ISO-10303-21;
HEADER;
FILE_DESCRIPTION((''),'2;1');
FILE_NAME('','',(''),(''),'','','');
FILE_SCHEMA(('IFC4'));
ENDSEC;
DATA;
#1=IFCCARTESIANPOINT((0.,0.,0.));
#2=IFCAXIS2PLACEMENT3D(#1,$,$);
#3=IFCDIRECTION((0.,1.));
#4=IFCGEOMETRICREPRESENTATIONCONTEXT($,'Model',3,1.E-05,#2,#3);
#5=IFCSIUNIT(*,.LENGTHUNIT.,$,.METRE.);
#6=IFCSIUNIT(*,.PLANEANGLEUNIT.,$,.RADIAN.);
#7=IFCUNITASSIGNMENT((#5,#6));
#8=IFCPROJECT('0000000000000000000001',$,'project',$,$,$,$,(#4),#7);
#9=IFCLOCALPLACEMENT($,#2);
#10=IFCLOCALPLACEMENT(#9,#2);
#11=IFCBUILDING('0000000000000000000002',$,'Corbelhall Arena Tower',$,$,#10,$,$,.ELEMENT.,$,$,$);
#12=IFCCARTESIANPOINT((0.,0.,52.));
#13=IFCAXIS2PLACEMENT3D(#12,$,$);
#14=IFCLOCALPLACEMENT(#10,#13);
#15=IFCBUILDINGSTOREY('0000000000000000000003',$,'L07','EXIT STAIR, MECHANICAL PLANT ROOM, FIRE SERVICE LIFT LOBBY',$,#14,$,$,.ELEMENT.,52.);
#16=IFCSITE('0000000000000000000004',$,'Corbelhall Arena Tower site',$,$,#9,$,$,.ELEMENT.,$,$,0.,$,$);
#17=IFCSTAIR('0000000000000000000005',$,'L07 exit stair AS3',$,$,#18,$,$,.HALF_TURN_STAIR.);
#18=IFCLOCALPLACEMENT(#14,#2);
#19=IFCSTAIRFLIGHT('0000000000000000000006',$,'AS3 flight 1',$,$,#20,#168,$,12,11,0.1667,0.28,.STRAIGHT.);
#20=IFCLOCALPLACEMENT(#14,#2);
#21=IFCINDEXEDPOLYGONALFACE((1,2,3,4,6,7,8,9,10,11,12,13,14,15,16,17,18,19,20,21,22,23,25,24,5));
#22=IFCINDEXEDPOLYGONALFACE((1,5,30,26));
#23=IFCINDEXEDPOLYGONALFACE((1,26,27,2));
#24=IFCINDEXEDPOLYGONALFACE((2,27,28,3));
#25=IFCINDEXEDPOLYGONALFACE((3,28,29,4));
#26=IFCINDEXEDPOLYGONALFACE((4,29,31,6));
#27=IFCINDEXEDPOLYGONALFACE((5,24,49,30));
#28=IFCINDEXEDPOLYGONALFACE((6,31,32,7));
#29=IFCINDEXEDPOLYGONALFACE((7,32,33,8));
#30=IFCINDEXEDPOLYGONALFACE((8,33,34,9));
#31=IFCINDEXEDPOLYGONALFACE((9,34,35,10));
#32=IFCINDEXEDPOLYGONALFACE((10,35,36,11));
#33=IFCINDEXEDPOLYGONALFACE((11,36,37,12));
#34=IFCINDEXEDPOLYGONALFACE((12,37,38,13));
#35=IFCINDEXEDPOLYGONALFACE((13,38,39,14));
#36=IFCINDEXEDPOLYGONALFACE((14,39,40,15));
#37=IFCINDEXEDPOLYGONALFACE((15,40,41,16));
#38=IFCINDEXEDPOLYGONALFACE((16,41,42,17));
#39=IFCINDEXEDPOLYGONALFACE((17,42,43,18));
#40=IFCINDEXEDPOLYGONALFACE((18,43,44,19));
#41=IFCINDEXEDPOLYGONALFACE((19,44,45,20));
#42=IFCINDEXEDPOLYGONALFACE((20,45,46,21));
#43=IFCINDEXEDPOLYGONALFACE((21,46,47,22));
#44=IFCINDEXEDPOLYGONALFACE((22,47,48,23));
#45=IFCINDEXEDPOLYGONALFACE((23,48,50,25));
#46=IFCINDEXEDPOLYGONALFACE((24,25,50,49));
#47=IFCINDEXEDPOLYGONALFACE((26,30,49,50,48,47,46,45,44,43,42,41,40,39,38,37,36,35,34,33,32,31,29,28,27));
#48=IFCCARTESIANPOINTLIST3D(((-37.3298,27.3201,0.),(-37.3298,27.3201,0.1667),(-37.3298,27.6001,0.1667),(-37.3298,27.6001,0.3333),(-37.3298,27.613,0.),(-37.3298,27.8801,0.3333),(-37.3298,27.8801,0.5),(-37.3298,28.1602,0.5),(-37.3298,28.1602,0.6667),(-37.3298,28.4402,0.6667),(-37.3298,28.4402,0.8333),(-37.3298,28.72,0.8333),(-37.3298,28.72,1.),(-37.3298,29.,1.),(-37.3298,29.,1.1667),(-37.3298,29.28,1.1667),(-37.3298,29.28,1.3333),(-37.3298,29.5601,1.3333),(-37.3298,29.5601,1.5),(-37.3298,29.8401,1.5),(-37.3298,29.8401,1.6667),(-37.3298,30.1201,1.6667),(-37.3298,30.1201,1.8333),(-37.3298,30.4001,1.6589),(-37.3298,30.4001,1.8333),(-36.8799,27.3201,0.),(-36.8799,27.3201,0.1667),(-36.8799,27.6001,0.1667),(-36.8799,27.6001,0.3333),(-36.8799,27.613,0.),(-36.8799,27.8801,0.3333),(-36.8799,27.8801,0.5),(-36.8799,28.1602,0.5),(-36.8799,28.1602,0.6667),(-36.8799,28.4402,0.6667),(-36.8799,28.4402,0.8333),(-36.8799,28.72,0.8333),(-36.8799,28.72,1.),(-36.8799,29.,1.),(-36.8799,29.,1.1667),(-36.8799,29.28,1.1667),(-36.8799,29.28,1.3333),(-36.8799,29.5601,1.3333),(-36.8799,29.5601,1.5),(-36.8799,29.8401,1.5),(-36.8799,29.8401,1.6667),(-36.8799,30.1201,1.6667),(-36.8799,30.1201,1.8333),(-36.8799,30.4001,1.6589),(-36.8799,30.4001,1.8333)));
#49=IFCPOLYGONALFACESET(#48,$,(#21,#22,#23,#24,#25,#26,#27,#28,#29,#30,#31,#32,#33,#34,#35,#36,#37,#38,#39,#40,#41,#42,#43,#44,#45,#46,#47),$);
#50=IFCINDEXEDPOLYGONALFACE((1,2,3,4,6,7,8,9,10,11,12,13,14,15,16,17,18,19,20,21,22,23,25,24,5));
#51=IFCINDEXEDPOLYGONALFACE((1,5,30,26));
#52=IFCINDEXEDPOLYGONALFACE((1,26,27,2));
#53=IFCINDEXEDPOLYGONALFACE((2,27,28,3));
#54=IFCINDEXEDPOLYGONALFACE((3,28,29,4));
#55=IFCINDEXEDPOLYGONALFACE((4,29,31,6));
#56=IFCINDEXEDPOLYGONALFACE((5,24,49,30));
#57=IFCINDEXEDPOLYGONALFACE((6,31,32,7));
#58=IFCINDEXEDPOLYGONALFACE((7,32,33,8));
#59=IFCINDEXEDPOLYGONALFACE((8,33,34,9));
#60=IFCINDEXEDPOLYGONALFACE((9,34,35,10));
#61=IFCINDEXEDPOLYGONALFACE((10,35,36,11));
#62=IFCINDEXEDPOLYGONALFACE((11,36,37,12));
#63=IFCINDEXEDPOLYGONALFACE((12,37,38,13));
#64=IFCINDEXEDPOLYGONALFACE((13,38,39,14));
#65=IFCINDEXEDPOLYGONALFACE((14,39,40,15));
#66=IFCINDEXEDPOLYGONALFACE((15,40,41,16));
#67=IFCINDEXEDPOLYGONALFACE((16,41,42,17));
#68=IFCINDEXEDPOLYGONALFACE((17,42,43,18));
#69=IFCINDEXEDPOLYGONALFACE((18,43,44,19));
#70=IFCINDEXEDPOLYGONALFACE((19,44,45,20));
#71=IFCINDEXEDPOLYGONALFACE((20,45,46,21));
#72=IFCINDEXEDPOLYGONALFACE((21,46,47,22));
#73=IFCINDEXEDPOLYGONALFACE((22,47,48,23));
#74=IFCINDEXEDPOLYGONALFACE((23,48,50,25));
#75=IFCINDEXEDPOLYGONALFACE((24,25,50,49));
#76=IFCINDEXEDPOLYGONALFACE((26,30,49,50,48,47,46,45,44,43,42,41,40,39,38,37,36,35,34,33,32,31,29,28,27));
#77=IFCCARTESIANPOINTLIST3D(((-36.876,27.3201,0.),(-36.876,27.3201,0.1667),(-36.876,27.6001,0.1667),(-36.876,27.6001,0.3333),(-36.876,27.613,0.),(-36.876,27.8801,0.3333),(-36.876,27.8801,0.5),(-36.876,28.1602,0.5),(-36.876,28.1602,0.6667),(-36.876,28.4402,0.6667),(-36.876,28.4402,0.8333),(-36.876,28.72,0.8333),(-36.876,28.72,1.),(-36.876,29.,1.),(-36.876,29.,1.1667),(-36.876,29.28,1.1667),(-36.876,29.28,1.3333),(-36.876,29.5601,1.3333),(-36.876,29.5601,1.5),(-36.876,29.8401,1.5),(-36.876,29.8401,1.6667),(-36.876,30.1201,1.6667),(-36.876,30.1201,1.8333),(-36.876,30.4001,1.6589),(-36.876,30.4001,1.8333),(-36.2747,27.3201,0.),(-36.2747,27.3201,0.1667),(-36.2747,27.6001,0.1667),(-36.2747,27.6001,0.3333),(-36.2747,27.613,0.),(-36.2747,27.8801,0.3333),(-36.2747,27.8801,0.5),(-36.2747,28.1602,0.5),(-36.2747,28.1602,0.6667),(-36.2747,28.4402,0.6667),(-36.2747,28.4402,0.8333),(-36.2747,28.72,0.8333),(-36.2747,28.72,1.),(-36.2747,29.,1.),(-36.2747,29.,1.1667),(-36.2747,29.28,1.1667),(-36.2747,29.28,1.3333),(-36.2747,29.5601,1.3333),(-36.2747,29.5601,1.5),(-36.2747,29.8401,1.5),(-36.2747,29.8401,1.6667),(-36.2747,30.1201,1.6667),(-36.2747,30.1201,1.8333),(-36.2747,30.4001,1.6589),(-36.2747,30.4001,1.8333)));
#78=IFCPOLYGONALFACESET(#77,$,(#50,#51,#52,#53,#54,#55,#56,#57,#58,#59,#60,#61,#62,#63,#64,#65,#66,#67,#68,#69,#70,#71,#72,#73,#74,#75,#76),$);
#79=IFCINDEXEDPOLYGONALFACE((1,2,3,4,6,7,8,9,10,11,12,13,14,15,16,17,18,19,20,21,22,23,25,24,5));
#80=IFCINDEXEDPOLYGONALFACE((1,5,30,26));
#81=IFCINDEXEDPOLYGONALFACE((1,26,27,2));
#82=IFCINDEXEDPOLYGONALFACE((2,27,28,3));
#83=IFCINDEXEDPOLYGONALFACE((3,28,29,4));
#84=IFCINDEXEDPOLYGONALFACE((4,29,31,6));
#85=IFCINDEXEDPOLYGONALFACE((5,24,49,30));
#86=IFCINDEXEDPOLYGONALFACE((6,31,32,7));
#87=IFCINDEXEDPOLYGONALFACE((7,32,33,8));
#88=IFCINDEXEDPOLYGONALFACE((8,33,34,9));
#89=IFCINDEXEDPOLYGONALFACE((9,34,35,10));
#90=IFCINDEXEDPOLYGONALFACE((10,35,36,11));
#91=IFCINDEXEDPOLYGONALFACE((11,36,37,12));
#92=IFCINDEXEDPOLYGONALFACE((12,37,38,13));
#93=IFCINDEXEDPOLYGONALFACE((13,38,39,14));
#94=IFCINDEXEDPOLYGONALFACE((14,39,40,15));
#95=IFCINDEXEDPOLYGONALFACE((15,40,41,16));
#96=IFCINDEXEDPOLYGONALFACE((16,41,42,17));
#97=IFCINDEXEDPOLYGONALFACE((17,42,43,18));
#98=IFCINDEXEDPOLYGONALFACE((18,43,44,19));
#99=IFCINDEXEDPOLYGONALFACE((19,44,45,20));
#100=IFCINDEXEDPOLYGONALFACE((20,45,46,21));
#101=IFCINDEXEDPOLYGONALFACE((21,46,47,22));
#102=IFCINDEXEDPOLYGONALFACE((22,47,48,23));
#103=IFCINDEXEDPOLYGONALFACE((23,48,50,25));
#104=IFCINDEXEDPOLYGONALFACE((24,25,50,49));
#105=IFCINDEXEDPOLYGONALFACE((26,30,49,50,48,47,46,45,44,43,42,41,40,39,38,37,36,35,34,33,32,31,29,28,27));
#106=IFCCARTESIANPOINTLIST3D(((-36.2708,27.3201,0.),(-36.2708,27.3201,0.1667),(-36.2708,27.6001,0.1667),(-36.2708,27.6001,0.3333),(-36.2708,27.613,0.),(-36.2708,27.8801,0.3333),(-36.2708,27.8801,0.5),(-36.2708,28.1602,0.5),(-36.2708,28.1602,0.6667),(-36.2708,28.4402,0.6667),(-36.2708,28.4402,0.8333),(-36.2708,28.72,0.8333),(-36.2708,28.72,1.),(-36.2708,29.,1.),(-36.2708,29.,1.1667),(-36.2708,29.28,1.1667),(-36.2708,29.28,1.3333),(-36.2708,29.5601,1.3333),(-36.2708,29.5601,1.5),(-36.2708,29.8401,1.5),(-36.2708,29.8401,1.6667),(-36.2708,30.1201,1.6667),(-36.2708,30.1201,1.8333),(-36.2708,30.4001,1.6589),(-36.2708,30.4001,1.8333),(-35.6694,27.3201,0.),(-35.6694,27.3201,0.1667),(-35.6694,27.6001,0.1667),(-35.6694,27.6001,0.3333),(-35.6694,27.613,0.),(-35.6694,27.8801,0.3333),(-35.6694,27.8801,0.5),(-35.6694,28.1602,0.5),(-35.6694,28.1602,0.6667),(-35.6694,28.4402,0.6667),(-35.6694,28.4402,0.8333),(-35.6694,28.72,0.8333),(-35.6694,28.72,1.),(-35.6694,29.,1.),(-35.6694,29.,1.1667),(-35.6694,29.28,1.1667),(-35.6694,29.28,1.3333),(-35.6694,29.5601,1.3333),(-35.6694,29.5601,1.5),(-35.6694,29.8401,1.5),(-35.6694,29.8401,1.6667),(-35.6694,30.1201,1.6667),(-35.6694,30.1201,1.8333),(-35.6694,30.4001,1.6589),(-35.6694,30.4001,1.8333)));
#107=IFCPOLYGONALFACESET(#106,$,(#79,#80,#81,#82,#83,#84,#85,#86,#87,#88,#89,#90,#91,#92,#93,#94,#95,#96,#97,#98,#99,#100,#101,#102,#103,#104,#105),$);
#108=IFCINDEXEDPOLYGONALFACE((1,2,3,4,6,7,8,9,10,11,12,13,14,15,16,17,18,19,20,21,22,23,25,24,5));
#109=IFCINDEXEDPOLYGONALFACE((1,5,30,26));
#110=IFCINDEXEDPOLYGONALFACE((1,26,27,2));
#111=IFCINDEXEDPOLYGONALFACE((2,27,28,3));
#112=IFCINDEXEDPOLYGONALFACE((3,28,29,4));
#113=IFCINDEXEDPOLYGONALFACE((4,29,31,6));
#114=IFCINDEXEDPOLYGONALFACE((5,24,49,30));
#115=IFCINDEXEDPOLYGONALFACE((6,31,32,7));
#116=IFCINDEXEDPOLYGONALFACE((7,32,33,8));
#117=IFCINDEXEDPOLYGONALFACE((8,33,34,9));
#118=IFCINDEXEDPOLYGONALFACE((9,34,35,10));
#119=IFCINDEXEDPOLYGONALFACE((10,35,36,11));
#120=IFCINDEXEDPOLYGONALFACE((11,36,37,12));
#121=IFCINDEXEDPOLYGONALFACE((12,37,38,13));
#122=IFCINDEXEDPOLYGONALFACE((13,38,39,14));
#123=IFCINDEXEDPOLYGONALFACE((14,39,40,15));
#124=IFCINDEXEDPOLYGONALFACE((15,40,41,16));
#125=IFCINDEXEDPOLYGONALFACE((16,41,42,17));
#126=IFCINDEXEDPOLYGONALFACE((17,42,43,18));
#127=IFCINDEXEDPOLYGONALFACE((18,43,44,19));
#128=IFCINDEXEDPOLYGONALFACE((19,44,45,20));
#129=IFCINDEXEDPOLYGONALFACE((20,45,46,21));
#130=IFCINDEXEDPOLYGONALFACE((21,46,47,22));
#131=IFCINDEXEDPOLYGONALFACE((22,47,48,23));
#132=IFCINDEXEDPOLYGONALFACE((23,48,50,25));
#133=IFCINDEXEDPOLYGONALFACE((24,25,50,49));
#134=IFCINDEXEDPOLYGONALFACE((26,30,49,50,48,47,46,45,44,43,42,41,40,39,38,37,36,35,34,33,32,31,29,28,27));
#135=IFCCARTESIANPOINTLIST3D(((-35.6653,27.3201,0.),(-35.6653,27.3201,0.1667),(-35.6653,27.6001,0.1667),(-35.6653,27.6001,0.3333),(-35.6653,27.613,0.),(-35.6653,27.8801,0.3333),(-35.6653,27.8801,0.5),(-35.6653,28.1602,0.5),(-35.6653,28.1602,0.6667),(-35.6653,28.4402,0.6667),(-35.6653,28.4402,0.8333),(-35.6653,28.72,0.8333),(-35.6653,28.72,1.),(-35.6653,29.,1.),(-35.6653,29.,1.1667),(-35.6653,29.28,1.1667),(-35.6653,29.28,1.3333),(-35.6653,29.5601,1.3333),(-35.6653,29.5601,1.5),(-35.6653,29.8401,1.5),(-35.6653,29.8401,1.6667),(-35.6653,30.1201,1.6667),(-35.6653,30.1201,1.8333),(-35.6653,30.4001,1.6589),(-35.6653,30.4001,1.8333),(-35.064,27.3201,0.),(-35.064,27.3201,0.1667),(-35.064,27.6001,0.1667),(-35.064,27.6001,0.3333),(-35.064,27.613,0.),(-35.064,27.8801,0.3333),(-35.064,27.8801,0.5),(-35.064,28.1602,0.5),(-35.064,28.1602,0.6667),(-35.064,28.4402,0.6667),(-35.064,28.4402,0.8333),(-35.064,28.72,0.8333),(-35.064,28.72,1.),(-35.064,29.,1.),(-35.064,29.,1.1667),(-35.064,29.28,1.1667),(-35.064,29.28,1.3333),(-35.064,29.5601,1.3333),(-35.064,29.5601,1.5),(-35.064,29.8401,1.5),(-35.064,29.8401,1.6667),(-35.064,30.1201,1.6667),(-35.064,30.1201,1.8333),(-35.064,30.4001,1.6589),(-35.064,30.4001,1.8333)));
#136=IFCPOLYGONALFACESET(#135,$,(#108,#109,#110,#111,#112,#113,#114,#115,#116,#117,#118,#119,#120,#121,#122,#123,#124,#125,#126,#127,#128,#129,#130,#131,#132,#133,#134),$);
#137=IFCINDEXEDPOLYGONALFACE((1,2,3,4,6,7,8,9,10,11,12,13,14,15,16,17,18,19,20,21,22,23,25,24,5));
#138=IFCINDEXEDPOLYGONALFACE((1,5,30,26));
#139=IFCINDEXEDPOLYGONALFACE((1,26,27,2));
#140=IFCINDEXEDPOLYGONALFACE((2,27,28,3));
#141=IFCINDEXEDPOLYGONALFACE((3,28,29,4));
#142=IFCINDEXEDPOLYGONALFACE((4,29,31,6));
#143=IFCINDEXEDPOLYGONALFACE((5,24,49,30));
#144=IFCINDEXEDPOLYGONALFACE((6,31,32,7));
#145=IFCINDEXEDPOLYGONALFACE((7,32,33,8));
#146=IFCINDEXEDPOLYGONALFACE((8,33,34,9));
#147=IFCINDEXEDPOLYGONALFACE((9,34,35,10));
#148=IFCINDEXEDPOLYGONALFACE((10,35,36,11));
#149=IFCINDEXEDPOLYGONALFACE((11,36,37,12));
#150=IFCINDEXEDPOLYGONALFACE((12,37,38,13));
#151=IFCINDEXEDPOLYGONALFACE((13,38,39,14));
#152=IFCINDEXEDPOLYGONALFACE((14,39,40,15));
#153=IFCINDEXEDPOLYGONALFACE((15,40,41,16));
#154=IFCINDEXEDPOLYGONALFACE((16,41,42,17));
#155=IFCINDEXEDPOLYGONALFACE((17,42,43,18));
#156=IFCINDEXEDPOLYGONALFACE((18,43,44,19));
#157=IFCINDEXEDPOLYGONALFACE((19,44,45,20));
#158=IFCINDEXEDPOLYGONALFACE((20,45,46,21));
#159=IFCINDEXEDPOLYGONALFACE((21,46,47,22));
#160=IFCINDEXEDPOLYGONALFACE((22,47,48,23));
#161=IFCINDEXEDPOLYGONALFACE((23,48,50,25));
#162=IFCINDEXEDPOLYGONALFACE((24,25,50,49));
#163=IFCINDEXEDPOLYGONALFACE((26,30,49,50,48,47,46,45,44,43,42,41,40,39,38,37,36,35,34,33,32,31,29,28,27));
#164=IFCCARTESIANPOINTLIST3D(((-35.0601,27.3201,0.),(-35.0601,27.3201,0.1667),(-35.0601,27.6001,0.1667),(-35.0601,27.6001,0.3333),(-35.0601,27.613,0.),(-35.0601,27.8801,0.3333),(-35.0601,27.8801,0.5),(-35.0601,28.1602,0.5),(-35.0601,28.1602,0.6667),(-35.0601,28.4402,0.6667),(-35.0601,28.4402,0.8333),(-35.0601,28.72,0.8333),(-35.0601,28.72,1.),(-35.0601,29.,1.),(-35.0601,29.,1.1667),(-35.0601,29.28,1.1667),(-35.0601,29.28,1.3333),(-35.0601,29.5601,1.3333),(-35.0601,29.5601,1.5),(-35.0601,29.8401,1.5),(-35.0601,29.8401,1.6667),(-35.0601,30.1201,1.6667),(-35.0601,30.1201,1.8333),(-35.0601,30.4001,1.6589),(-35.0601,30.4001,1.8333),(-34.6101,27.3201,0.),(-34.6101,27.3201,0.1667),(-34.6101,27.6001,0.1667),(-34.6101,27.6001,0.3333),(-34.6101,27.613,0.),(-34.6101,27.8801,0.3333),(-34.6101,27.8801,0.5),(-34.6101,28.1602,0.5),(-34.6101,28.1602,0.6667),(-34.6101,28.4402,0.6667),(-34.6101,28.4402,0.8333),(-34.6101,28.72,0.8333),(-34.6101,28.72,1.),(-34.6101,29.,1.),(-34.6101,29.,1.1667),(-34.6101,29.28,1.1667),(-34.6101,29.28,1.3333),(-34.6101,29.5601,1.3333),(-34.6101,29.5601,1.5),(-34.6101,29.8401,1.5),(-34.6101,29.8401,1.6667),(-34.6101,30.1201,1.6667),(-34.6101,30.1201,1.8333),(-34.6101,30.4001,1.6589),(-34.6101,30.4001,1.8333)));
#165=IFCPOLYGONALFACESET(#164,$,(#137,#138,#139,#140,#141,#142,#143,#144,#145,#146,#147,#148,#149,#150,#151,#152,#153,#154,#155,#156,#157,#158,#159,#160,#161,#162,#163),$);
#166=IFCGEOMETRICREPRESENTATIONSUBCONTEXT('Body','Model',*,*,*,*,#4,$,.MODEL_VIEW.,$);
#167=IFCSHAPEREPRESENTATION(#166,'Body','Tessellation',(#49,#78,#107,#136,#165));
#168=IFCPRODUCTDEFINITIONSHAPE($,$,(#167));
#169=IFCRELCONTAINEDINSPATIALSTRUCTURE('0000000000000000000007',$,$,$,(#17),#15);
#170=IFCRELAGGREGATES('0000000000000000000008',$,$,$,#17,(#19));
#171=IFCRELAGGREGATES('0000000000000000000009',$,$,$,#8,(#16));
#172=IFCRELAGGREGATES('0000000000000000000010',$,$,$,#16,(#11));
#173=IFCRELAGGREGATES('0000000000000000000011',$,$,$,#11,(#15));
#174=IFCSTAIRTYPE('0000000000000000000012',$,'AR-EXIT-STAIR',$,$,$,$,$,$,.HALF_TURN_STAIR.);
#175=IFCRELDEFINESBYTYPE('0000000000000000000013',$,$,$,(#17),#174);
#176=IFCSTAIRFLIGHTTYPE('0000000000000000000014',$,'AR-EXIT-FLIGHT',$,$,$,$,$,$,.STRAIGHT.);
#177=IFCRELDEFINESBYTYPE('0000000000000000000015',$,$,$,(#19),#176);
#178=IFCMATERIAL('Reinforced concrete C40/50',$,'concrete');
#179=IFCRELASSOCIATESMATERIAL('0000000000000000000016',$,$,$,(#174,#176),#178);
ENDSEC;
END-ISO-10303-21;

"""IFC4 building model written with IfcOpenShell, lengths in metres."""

from ifc_helpers import new_model, si_unit, direction, frame, origin, place, context, subcontext, project, spatial, polyline, outline, extrude, material, type_object, element, aggregate, save


model = new_model("IFC4")

# Units and contexts
model_context = context("Model", 3, precision=1e-05, world=origin(), true_north=direction((0.0, 1.0)))
body_context = subcontext(model_context, "Body", "Model", "MODEL_VIEW")
ifc_project = project(units=[si_unit("LENGTHUNIT", "METRE"), si_unit("PLANEANGLEUNIT", "RADIAN")], contexts=[model_context])

# Site, building, storey
site_placement = place(None, origin())
site = spatial("IfcSite", under=ifc_project, at=site_placement, Name="Corbelhall Arena Tower site", CompositionType="ELEMENT", RefElevation=0.0)
building_placement = place(site_placement, origin())
building = spatial("IfcBuilding", under=site, at=building_placement, Name="Corbelhall Arena Tower", CompositionType="ELEMENT")
storey_placement = place(building_placement, frame((0.0, 0.0, 52.0)))
storey = spatial("IfcBuildingStorey", under=building, at=storey_placement, Name="L07", Description="EXIT STAIR, MECHANICAL PLANT ROOM, FIRE SERVICE LIFT LOBBY", CompositionType="ELEMENT", Elevation=52.0)

# Shared definitions
ifc_material_1 = material(Name="Reinforced concrete C40/50", Category="concrete")

# Stair, stair flight
stair_type = type_object("IfcStairType", Name="AR-EXIT-STAIR", PredefinedType="HALF_TURN_STAIR", material=ifc_material_1)
stair_1_placement = place(storey_placement, origin())
stair_1 = element("IfcStair", 1, at=stair_1_placement, inside=storey, type_object=stair_type, Name="L07 exit stair AS3", PredefinedType="HALF_TURN_STAIR")
stair_flight_type = type_object("IfcStairFlightType", Name="AR-EXIT-FLIGHT", PredefinedType="STRAIGHT", material=ifc_material_1)
stair_flight_1_placement = place(storey_placement, frame((-35.97, 27.3201, 0.0), z_axis=(0.0, 0.0, 1.0), x_axis=(0.0, 1.0, 0.0)))
stair_flight_1 = element("IfcStairFlight", 2, at=stair_flight_1_placement, type_object=stair_flight_type, Name="AS3 flight 1", NumberOfRisers=12, NumberOfTreads=11, PredefinedType="STRAIGHT", RiserHeight=0.1667, TreadLength=0.28, context=body_context, shape_type="SweptSolid", body=[
    extrude(outline(polyline([(0.0, 0.0), (0.0, 0.1667), (0.28, 0.1667), (0.28, 0.3333), (0.5601, 0.3333), (0.5601, 0.5), (0.8401, 0.5), (0.8401, 0.6667), (1.1201, 0.6667), (1.1201, 0.8333), (1.3999, 0.8333), (1.3999, 1.0), (1.6799, 1.0), (1.6799, 1.1667), (1.96, 1.1667), (1.96, 1.3333), (2.24, 1.3333), (2.24, 1.5), (2.52, 1.5), (2.52, 1.6667), (2.8, 1.6667), (2.8, 1.8333), (3.0801, 1.8333), (3.0801, 2.0), (3.0801, 1.6589), (0.293, 0.0), (0.0, 0.0)])), frame((0.0, 1.3599, 0.0), z_axis=(0.0, -1.0, 0.0), x_axis=(1.0, 0.0, 0.0)), (0.0, 0.0, 1.0), 0.45),
    extrude(outline(polyline([(0.0, 0.0), (0.0, 0.1667), (0.28, 0.1667), (0.28, 0.3333), (0.5601, 0.3333), (0.5601, 0.5), (0.8401, 0.5), (0.8401, 0.6667), (1.1201, 0.6667), (1.1201, 0.8333), (1.3999, 0.8333), (1.3999, 1.0), (1.6799, 1.0), (1.6799, 1.1667), (1.96, 1.1667), (1.96, 1.3333), (2.24, 1.3333), (2.24, 1.5), (2.52, 1.5), (2.52, 1.6667), (2.8, 1.6667), (2.8, 1.8333), (3.0801, 1.8333), (3.0801, 2.0), (3.0801, 1.6589), (0.293, 0.0), (0.0, 0.0)])), frame((0.0, 0.906, 0.0), z_axis=(0.0, -1.0, 0.0), x_axis=(1.0, 0.0, 0.0)), (0.0, 0.0, 1.0), 0.6013),
    extrude(outline(polyline([(0.0, 0.0), (0.0, 0.1667), (0.28, 0.1667), (0.28, 0.3333), (0.5601, 0.3333), (0.5601, 0.5), (0.8401, 0.5), (0.8401, 0.6667), (1.1201, 0.6667), (1.1201, 0.8333), (1.3999, 0.8333), (1.3999, 1.0), (1.6799, 1.0), (1.6799, 1.1667), (1.96, 1.1667), (1.96, 1.3333), (2.24, 1.3333), (2.24, 1.5), (2.52, 1.5), (2.52, 1.6667), (2.8, 1.6667), (2.8, 1.8333), (3.0801, 1.8333), (3.0801, 2.0), (3.0801, 1.6589), (0.293, 0.0), (0.0, 0.0)])), frame((0.0, 0.3008, 0.0), z_axis=(0.0, -1.0, 0.0), x_axis=(1.0, 0.0, 0.0)), (0.0, 0.0, 1.0), 0.6013),
    extrude(outline(polyline([(0.0, 0.0), (0.0, 0.1667), (0.28, 0.1667), (0.28, 0.3333), (0.5601, 0.3333), (0.5601, 0.5), (0.8401, 0.5), (0.8401, 0.6667), (1.1201, 0.6667), (1.1201, 0.8333), (1.3999, 0.8333), (1.3999, 1.0), (1.6799, 1.0), (1.6799, 1.1667), (1.96, 1.1667), (1.96, 1.3333), (2.24, 1.3333), (2.24, 1.5), (2.52, 1.5), (2.52, 1.6667), (2.8, 1.6667), (2.8, 1.8333), (3.0801, 1.8333), (3.0801, 2.0), (3.0801, 1.6589), (0.293, 0.0), (0.0, 0.0)])), frame((0.0, -0.3047, 0.0), z_axis=(0.0, -1.0, 0.0), x_axis=(1.0, 0.0, 0.0)), (0.0, 0.0, 1.0), 0.6013),
    extrude(outline(polyline([(0.0, 0.0), (0.0, 0.1667), (0.28, 0.1667), (0.28, 0.3333), (0.5601, 0.3333), (0.5601, 0.5), (0.8401, 0.5), (0.8401, 0.6667), (1.1201, 0.6667), (1.1201, 0.8333), (1.3999, 0.8333), (1.3999, 1.0), (1.6799, 1.0), (1.6799, 1.1667), (1.96, 1.1667), (1.96, 1.3333), (2.24, 1.3333), (2.24, 1.5), (2.52, 1.5), (2.52, 1.6667), (2.8, 1.6667), (2.8, 1.8333), (3.0801, 1.8333), (3.0801, 2.0), (3.0801, 1.6589), (0.293, 0.0), (0.0, 0.0)])), frame((0.0, -0.9099, 0.0), z_axis=(0.0, -1.0, 0.0), x_axis=(1.0, 0.0, 0.0)), (0.0, 0.0, 1.0), 0.45),
])
aggregate(stair_1, [stair_flight_1])

save(model, "model.ifc")
